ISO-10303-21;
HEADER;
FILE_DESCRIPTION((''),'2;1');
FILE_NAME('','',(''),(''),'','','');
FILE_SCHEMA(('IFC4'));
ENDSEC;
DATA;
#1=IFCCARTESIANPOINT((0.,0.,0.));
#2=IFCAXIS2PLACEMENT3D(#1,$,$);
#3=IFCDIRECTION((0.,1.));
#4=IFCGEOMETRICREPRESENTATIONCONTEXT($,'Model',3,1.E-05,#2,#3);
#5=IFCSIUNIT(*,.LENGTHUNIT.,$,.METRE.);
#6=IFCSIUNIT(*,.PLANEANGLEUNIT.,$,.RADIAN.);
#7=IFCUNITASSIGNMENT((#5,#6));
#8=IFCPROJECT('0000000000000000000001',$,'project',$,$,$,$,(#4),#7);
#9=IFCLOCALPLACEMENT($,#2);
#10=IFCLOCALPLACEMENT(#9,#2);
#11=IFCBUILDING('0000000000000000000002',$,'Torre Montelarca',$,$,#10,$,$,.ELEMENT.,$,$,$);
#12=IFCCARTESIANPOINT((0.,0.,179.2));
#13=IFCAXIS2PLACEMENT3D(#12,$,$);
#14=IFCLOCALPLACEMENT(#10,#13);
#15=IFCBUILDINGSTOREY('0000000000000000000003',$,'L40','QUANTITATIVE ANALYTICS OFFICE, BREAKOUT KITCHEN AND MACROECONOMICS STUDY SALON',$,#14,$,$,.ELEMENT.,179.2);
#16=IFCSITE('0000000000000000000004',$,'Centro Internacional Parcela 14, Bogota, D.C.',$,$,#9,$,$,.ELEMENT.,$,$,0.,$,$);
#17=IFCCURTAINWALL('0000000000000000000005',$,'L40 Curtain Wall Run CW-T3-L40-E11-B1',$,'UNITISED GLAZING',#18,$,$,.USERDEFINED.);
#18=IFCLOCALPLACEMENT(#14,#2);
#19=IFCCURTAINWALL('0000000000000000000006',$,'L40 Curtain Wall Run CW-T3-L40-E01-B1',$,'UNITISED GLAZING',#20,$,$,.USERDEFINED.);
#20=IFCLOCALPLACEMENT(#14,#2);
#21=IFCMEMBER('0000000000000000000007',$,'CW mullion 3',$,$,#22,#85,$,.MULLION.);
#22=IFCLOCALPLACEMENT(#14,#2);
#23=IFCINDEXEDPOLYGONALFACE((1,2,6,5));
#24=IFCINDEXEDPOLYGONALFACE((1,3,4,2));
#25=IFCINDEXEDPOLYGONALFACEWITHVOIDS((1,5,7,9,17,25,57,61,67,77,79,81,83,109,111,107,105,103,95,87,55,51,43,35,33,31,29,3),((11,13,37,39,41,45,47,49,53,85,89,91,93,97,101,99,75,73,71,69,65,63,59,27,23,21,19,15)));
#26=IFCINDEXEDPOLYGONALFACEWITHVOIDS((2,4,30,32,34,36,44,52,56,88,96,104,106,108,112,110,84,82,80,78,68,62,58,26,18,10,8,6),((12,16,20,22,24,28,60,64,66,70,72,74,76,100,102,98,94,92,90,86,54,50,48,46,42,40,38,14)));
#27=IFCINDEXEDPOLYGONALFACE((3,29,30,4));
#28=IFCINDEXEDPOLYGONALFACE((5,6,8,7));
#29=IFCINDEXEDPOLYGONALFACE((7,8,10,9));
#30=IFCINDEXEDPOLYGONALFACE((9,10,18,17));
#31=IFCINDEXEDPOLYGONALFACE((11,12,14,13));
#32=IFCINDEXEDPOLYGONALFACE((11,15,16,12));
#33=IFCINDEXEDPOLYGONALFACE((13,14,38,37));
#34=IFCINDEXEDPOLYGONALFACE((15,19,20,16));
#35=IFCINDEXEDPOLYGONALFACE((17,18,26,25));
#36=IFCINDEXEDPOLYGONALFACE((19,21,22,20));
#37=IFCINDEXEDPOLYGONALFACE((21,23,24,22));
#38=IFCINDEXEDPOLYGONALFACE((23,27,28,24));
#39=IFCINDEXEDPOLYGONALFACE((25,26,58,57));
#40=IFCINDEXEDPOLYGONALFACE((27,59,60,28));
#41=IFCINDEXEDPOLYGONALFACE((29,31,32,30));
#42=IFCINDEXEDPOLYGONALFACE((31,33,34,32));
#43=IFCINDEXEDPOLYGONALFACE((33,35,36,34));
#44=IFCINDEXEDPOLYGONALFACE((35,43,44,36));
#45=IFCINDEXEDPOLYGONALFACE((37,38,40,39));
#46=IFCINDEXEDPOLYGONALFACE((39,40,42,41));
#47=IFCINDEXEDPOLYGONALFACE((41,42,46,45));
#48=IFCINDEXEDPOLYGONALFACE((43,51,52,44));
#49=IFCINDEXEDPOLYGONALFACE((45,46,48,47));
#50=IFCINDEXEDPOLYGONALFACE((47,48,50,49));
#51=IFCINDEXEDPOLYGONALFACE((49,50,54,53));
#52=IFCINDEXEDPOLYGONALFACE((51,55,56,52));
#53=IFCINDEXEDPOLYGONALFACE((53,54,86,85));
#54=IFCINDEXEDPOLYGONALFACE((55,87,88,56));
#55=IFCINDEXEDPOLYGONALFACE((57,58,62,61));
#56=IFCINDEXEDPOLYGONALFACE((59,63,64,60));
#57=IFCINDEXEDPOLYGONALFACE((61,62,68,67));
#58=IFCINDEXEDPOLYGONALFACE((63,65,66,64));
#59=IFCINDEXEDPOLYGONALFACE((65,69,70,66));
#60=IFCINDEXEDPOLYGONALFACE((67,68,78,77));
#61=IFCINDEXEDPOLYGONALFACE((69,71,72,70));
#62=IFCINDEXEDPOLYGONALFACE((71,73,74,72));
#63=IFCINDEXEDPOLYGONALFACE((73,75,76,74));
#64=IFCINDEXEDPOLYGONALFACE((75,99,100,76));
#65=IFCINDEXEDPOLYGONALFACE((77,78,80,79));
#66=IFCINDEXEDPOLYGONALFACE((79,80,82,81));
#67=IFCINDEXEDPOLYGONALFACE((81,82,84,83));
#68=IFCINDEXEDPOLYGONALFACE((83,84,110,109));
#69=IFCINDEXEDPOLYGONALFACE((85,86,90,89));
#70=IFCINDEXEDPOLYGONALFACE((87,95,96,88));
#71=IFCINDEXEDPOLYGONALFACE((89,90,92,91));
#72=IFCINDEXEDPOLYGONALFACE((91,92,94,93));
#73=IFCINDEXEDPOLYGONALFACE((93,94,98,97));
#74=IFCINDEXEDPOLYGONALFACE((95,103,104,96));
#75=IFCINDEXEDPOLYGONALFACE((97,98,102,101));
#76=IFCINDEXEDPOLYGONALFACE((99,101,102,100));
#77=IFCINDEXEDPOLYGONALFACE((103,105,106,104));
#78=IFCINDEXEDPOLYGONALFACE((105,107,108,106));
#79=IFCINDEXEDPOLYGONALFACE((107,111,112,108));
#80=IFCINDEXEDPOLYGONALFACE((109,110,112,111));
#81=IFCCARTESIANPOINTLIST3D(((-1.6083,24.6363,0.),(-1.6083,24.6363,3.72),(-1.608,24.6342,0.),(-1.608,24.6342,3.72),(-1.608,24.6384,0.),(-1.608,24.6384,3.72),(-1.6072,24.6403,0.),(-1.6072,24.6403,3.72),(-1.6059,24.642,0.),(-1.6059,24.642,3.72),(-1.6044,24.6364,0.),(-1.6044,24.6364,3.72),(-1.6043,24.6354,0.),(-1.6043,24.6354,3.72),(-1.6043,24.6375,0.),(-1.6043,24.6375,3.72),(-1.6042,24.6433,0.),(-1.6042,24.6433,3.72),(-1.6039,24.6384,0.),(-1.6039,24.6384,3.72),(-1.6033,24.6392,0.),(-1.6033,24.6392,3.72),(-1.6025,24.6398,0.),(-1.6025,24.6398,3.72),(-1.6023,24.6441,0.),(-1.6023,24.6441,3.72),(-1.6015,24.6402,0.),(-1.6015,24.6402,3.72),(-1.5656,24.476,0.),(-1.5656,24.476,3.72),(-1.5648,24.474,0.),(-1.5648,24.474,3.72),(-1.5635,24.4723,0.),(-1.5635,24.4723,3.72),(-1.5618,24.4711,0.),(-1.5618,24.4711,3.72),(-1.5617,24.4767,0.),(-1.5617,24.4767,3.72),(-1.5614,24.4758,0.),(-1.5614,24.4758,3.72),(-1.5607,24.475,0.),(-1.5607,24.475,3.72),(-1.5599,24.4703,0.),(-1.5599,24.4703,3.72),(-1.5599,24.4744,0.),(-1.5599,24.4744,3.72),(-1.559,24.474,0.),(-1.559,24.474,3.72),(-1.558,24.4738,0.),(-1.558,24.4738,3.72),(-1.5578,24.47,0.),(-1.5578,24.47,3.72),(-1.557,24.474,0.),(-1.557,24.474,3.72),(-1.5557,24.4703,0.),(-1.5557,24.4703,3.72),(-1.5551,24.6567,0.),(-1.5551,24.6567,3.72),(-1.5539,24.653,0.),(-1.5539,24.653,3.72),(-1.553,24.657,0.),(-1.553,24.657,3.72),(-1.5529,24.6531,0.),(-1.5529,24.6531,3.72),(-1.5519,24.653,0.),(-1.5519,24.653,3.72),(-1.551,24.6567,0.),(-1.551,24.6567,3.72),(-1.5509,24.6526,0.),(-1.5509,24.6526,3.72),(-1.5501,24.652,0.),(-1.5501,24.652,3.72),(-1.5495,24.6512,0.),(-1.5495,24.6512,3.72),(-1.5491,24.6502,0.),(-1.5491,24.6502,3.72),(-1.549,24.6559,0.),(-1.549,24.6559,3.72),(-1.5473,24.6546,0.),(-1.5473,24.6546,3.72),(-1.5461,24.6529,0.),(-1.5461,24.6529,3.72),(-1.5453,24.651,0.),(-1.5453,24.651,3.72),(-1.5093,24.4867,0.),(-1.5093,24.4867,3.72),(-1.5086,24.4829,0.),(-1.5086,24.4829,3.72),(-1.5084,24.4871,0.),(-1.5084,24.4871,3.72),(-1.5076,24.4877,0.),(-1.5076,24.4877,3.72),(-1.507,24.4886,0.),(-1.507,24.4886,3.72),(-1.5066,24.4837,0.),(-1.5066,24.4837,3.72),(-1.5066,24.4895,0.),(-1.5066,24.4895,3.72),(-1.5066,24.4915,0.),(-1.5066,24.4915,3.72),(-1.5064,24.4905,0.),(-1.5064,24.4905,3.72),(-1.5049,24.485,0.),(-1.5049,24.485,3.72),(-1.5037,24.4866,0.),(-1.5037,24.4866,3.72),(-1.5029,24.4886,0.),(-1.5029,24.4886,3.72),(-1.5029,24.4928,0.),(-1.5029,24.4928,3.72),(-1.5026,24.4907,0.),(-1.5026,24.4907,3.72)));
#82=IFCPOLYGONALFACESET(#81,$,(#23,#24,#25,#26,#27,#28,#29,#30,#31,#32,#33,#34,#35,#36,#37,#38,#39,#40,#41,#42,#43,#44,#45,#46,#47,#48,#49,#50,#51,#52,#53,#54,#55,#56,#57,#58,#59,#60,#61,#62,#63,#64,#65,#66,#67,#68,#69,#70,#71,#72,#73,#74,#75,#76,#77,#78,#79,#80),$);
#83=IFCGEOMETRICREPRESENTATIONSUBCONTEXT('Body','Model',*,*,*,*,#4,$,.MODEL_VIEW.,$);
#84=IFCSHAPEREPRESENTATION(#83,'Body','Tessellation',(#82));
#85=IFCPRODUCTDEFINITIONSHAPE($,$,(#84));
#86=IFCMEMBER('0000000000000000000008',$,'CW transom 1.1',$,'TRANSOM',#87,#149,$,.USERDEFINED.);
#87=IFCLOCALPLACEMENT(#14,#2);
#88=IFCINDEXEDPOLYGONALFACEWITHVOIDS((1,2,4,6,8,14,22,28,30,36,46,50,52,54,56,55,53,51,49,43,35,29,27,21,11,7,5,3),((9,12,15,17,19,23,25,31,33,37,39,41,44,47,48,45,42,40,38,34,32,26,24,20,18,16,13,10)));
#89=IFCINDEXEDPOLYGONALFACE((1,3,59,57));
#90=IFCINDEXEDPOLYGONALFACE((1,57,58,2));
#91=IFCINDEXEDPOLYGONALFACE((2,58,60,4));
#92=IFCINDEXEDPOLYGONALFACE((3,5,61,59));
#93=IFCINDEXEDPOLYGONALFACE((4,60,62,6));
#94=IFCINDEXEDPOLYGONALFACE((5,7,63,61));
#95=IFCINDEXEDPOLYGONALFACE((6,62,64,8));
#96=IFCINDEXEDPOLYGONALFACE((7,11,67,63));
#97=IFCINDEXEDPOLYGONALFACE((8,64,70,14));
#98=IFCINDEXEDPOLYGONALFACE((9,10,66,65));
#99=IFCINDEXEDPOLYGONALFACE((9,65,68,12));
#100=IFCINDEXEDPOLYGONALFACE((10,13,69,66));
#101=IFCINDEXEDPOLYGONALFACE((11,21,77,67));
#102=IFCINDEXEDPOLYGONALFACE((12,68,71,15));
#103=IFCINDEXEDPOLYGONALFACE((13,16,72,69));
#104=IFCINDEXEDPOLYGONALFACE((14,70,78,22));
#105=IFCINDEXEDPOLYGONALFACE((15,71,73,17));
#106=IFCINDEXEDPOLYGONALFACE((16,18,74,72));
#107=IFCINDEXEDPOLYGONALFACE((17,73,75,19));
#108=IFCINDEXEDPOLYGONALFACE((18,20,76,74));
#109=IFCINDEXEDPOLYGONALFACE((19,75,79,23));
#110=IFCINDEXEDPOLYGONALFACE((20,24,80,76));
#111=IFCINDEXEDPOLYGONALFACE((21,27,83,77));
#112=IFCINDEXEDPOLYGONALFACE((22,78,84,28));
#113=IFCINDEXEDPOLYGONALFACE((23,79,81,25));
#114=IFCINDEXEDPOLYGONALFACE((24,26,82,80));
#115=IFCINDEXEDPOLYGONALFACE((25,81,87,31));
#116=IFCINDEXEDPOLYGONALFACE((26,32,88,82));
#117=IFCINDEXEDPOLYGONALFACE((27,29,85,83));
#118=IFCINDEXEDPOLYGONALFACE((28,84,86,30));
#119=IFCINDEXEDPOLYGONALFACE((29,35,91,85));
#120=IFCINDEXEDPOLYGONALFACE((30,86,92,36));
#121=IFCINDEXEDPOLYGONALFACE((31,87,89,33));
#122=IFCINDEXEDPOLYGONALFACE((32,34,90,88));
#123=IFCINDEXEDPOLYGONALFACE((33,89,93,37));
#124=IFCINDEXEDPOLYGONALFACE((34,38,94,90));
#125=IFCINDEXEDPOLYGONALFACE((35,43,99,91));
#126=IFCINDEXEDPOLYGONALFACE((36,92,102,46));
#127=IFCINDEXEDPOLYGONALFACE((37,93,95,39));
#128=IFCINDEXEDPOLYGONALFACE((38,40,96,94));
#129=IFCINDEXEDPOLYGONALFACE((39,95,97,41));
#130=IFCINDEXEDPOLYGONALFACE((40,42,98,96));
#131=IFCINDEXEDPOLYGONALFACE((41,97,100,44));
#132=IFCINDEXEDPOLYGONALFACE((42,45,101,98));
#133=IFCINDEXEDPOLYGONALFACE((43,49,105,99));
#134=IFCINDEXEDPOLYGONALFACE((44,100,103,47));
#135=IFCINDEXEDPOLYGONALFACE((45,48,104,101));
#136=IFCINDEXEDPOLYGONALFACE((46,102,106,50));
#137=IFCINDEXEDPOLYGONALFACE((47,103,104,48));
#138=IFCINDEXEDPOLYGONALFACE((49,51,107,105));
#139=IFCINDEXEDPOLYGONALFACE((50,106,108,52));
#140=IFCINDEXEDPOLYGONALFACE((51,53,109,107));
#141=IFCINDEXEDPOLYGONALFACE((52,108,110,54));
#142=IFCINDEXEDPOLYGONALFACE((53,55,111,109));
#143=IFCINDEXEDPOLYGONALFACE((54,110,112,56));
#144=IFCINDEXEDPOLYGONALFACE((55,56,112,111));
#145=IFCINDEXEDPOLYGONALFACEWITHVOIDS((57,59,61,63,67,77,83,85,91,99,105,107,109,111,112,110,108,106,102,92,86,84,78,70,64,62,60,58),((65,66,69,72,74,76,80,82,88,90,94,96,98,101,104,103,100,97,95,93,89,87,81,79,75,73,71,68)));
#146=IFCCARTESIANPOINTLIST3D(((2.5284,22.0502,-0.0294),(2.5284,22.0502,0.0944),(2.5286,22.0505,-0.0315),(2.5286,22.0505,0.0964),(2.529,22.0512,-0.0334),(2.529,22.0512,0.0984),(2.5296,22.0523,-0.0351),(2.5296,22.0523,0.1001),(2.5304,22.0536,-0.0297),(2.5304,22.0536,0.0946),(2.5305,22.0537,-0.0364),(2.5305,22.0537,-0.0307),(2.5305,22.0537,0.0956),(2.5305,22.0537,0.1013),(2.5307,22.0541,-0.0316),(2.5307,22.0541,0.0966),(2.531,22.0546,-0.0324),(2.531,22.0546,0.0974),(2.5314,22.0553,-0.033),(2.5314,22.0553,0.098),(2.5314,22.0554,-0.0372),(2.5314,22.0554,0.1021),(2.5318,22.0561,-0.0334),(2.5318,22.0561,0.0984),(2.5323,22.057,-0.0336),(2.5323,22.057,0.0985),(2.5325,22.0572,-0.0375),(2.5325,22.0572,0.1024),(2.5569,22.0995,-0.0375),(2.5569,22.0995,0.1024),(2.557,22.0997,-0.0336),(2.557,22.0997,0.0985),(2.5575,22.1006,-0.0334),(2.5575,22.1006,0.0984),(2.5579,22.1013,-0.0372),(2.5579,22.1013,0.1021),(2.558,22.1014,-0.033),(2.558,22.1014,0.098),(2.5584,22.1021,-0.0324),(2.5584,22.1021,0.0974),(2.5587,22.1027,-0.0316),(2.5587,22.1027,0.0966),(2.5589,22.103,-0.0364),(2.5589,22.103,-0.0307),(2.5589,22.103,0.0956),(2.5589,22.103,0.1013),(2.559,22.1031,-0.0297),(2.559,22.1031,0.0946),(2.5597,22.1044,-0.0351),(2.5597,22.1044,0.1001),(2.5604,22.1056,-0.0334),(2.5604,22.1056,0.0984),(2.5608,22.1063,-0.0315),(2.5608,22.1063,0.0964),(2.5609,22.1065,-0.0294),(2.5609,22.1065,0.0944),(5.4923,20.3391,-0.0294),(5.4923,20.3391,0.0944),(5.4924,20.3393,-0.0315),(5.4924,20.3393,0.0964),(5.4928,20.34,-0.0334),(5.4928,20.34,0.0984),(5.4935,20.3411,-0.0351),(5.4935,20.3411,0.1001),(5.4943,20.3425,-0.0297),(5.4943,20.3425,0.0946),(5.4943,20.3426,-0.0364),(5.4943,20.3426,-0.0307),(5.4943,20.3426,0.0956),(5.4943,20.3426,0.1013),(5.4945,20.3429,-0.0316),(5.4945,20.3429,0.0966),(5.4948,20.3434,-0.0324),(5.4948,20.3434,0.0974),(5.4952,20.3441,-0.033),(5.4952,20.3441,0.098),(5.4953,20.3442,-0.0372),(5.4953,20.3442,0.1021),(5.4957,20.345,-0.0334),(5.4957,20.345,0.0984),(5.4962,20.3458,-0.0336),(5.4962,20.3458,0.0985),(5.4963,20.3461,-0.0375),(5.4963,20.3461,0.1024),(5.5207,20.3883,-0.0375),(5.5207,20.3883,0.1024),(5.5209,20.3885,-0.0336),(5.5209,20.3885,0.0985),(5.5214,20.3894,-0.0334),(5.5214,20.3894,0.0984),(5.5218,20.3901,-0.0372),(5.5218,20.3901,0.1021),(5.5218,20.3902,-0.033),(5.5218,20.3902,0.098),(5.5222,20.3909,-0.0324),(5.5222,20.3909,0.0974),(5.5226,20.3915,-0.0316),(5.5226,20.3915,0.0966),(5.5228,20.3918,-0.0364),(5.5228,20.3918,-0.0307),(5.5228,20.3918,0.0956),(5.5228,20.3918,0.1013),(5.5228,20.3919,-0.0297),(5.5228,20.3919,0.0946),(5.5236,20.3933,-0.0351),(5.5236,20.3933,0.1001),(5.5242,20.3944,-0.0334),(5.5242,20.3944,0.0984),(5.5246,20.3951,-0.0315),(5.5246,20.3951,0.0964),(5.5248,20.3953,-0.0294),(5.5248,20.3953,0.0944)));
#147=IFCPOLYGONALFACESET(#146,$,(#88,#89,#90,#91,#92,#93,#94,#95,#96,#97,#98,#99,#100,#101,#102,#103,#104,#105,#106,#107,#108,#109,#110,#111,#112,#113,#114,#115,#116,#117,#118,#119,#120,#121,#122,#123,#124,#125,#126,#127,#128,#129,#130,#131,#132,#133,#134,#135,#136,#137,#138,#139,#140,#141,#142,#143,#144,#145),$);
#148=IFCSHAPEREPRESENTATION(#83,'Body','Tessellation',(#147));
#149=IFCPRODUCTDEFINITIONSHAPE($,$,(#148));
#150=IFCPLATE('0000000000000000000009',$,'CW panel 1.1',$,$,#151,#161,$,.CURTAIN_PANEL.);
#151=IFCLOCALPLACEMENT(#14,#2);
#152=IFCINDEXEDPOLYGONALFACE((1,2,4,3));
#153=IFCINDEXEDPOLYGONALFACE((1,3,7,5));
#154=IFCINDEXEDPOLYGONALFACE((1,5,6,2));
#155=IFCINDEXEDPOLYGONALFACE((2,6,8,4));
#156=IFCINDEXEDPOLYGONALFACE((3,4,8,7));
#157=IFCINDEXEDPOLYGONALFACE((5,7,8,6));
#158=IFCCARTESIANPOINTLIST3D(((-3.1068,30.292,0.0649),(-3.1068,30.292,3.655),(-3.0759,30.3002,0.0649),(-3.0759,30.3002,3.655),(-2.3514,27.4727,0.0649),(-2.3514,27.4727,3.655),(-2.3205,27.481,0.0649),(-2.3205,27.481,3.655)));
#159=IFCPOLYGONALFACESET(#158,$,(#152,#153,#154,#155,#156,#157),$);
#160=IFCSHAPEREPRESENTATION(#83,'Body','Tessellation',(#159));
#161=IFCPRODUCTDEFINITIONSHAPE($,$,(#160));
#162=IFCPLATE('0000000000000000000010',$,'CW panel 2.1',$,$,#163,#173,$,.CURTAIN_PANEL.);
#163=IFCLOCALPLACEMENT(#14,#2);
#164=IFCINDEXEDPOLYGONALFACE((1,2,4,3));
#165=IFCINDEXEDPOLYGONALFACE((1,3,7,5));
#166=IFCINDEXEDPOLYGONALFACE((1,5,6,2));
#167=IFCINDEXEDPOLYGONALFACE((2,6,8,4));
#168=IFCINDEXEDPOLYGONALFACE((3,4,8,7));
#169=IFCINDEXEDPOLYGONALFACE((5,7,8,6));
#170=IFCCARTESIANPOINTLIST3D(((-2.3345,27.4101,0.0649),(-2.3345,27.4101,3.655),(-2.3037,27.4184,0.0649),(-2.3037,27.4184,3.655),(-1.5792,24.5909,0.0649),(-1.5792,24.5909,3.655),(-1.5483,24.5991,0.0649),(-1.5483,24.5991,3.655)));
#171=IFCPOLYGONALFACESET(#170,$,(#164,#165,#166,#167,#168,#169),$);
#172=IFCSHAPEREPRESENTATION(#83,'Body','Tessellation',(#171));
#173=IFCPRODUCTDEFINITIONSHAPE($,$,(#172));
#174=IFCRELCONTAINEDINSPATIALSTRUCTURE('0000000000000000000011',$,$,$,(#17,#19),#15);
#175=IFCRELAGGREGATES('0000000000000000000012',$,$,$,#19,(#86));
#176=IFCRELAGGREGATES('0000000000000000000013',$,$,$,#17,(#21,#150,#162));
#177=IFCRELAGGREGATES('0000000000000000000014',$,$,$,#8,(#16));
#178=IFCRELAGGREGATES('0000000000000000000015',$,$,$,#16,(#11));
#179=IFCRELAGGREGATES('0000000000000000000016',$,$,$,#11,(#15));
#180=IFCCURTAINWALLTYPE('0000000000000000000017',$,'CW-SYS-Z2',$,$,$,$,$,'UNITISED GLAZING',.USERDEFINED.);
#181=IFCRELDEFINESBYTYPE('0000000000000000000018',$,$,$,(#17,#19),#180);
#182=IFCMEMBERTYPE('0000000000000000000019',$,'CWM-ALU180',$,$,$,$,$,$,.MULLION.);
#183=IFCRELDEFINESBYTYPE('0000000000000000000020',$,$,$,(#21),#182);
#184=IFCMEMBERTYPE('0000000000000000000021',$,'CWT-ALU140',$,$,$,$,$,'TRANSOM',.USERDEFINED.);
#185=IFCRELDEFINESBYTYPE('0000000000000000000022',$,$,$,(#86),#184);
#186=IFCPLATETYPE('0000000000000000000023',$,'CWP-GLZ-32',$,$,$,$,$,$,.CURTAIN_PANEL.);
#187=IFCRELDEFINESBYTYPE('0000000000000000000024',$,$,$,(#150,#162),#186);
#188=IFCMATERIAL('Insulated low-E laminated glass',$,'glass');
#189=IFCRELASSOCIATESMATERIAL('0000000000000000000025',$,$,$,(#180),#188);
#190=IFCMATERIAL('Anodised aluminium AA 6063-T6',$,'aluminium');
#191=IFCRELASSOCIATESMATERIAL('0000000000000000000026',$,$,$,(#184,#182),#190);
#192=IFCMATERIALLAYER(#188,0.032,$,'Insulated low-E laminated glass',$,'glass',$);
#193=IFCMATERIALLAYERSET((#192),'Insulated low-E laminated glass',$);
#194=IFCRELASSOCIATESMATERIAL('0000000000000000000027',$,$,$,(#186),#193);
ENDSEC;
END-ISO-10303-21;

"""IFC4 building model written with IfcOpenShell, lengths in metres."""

from ifc_helpers import new_model, si_unit, direction, frame, origin, origin_2d, place, context, subcontext, project, spatial, rectangle, hollow_rectangle, extrude, source, transform, mapped, material, layer, layer_set, material_profile, profile_set, type_object, element, aggregate, save


model = new_model("IFC4")

# Units and contexts
model_context = context("Model", 3, precision=1e-05, world=origin(), true_north=direction((0.0, 1.0)))
body_context = subcontext(model_context, "Body", "Model", "MODEL_VIEW")
ifc_project = project(units=[si_unit("LENGTHUNIT", "METRE"), si_unit("PLANEANGLEUNIT", "RADIAN")], contexts=[model_context])

# Site, building, storey
site_placement = place(None, origin())
site = spatial("IfcSite", under=ifc_project, at=site_placement, Name="Centro Internacional Parcela 14, Bogota, D.C.", CompositionType="ELEMENT", RefElevation=0.0)
building_placement = place(site_placement, origin())
building = spatial("IfcBuilding", under=site, at=building_placement, Name="Torre Montelarca", CompositionType="ELEMENT")
storey_placement = place(building_placement, frame((0.0, 0.0, 179.2)))
storey = spatial("IfcBuildingStorey", under=building, at=storey_placement, Name="L40", Description="QUANTITATIVE ANALYTICS OFFICE, BREAKOUT KITCHEN AND MACROECONOMICS STUDY SALON", CompositionType="ELEMENT", Elevation=179.2)

# Curtain wall
ifc_material_1 = material(Name="Insulated low-E laminated glass", Category="glass")
curtain_wall_type = type_object("IfcCurtainWallType", Name="CW-SYS-Z2", ElementType="UNITISED GLAZING", PredefinedType="USERDEFINED", material=ifc_material_1)
curtain_wall_1_placement = place(storey_placement, origin())
curtain_wall_1 = element("IfcCurtainWall", 1, at=curtain_wall_1_placement, inside=storey, type_object=curtain_wall_type, Name="L40 Curtain Wall Run CW-T3-L40-E11-B1", ObjectType="UNITISED GLAZING", PredefinedType="USERDEFINED")
ifc_material_2 = material(Name="Anodised aluminium AA 6063-T6", Category="aluminium")
ifc_material_profile_1 = material_profile(ifc_material_2, hollow_rectangle(XDim=0.0649, YDim=0.1399, WallThickness=0.0039, InnerFilletRadius=0.0039, OuterFilletRadius=0.0081, at=origin_2d()), Name="ALU65X140X4", Category="aluminium")
ifc_profile_set_1 = profile_set([ifc_material_profile_1], Name="Anodised aluminium AA 6063-T6")
member_type_1 = type_object("IfcMemberType", Name="CWT-ALU140", ElementType="TRANSOM", PredefinedType="USERDEFINED", material=ifc_profile_set_1)

# Curtain wall
curtain_wall_2_placement = place(storey_placement, origin())
curtain_wall_2 = element("IfcCurtainWall", 2, at=curtain_wall_2_placement, inside=storey, type_object=curtain_wall_type, Name="L40 Curtain Wall Run CW-T3-L40-E01-B1", ObjectType="UNITISED GLAZING", PredefinedType="USERDEFINED")
ifc_material_profile_2 = material_profile(ifc_material_2, hollow_rectangle(XDim=0.0649, YDim=0.1799, WallThickness=0.0039, InnerFilletRadius=0.0039, OuterFilletRadius=0.0081, at=origin_2d()), Name="ALU65X180X4", Category="aluminium")
ifc_profile_set_2 = profile_set([ifc_material_profile_2], Name="Anodised aluminium AA 6063-T6")
member_type_2 = type_object("IfcMemberType", Name="CWM-ALU180", PredefinedType="MULLION", material=ifc_profile_set_2)
shared_shape_1 = source(origin(), body_context, "Body", "SweptSolid", [
    extrude(hollow_rectangle(XDim=0.0649, YDim=0.1799, WallThickness=0.0039, InnerFilletRadius=0.0039, OuterFilletRadius=0.0081, at=origin_2d()), origin(), (0.0, 0.0, 1.0), 3.72),
])

# Members
member_1_placement = place(storey_placement, frame((-1.5554, 24.5635, 0.0), z_axis=(0.0, 0.0, 1.0), x_axis=(0.965928, 0.25881, 0.0)))
member_1 = element("IfcMember", 3, at=member_1_placement, type_object=member_type_2, Name="CW mullion 3", PredefinedType="MULLION", context=body_context, shape_type="MappedRepresentation", body=[
    mapped(shared_shape_1, transform((0.0, 0.0, 0.0), scale=1.0)),
])
shared_shape_2 = source(origin(), body_context, "Body", "SweptSolid", [
    extrude(hollow_rectangle(XDim=0.0649, YDim=0.1399, WallThickness=0.0039, InnerFilletRadius=0.0039, OuterFilletRadius=0.0081, at=origin_2d()), origin(), (0.0, 0.0, 1.0), 3.4224),
])
member_2_placement = place(storey_placement, frame((2.5447, 22.0784, 0.0325), z_axis=(0.866026, -0.499998, 0.0), x_axis=(0.499998, 0.866026, 0.0)))
member_2 = element("IfcMember", 4, at=member_2_placement, type_object=member_type_1, Name="CW transom 1.1", ObjectType="TRANSOM", PredefinedType="USERDEFINED", context=body_context, shape_type="MappedRepresentation", body=[
    mapped(shared_shape_2, transform((0.0, 0.0, 0.0), scale=1.0)),
])
aggregate(curtain_wall_2, [member_2])

# Plates
ifc_layer_1 = layer(ifc_material_1, 0.032, Name="Insulated low-E laminated glass", Category="glass")
ifc_layer_set_1 = layer_set([ifc_layer_1], Name="Insulated low-E laminated glass")
plate_type = type_object("IfcPlateType", Name="CWP-GLZ-32", PredefinedType="CURTAIN_PANEL", material=ifc_layer_set_1)
shared_shape_3 = source(origin(), body_context, "Body", "SweptSolid", [
    extrude(rectangle(XDim=2.9187, YDim=0.032, at=origin_2d()), origin(), (0.0, 0.0, 1.0), 3.5901),
])
plate_1_placement = place(storey_placement, frame((-2.7136, 28.8865, 0.0649), z_axis=(0.0, 0.0, 1.0), x_axis=(0.25881, -0.965928, 0.0)))
plate_1 = element("IfcPlate", 5, at=plate_1_placement, type_object=plate_type, Name="CW panel 1.1", PredefinedType="CURTAIN_PANEL", context=body_context, shape_type="MappedRepresentation", body=[
    mapped(shared_shape_3, transform((0.0, 0.0, 0.0), scale=1.0)),
])
plate_2_placement = place(storey_placement, frame((-1.9414, 26.0046, 0.0649), z_axis=(0.0, 0.0, 1.0), x_axis=(0.25881, -0.965928, 0.0)))
plate_2 = element("IfcPlate", 6, at=plate_2_placement, type_object=plate_type, Name="CW panel 2.1", PredefinedType="CURTAIN_PANEL", context=body_context, shape_type="MappedRepresentation", body=[
    mapped(shared_shape_3, transform((0.0, 0.0, 0.0), scale=1.0)),
])
aggregate(curtain_wall_1, [member_1, plate_1, plate_2])

save(model, "model.ifc")
